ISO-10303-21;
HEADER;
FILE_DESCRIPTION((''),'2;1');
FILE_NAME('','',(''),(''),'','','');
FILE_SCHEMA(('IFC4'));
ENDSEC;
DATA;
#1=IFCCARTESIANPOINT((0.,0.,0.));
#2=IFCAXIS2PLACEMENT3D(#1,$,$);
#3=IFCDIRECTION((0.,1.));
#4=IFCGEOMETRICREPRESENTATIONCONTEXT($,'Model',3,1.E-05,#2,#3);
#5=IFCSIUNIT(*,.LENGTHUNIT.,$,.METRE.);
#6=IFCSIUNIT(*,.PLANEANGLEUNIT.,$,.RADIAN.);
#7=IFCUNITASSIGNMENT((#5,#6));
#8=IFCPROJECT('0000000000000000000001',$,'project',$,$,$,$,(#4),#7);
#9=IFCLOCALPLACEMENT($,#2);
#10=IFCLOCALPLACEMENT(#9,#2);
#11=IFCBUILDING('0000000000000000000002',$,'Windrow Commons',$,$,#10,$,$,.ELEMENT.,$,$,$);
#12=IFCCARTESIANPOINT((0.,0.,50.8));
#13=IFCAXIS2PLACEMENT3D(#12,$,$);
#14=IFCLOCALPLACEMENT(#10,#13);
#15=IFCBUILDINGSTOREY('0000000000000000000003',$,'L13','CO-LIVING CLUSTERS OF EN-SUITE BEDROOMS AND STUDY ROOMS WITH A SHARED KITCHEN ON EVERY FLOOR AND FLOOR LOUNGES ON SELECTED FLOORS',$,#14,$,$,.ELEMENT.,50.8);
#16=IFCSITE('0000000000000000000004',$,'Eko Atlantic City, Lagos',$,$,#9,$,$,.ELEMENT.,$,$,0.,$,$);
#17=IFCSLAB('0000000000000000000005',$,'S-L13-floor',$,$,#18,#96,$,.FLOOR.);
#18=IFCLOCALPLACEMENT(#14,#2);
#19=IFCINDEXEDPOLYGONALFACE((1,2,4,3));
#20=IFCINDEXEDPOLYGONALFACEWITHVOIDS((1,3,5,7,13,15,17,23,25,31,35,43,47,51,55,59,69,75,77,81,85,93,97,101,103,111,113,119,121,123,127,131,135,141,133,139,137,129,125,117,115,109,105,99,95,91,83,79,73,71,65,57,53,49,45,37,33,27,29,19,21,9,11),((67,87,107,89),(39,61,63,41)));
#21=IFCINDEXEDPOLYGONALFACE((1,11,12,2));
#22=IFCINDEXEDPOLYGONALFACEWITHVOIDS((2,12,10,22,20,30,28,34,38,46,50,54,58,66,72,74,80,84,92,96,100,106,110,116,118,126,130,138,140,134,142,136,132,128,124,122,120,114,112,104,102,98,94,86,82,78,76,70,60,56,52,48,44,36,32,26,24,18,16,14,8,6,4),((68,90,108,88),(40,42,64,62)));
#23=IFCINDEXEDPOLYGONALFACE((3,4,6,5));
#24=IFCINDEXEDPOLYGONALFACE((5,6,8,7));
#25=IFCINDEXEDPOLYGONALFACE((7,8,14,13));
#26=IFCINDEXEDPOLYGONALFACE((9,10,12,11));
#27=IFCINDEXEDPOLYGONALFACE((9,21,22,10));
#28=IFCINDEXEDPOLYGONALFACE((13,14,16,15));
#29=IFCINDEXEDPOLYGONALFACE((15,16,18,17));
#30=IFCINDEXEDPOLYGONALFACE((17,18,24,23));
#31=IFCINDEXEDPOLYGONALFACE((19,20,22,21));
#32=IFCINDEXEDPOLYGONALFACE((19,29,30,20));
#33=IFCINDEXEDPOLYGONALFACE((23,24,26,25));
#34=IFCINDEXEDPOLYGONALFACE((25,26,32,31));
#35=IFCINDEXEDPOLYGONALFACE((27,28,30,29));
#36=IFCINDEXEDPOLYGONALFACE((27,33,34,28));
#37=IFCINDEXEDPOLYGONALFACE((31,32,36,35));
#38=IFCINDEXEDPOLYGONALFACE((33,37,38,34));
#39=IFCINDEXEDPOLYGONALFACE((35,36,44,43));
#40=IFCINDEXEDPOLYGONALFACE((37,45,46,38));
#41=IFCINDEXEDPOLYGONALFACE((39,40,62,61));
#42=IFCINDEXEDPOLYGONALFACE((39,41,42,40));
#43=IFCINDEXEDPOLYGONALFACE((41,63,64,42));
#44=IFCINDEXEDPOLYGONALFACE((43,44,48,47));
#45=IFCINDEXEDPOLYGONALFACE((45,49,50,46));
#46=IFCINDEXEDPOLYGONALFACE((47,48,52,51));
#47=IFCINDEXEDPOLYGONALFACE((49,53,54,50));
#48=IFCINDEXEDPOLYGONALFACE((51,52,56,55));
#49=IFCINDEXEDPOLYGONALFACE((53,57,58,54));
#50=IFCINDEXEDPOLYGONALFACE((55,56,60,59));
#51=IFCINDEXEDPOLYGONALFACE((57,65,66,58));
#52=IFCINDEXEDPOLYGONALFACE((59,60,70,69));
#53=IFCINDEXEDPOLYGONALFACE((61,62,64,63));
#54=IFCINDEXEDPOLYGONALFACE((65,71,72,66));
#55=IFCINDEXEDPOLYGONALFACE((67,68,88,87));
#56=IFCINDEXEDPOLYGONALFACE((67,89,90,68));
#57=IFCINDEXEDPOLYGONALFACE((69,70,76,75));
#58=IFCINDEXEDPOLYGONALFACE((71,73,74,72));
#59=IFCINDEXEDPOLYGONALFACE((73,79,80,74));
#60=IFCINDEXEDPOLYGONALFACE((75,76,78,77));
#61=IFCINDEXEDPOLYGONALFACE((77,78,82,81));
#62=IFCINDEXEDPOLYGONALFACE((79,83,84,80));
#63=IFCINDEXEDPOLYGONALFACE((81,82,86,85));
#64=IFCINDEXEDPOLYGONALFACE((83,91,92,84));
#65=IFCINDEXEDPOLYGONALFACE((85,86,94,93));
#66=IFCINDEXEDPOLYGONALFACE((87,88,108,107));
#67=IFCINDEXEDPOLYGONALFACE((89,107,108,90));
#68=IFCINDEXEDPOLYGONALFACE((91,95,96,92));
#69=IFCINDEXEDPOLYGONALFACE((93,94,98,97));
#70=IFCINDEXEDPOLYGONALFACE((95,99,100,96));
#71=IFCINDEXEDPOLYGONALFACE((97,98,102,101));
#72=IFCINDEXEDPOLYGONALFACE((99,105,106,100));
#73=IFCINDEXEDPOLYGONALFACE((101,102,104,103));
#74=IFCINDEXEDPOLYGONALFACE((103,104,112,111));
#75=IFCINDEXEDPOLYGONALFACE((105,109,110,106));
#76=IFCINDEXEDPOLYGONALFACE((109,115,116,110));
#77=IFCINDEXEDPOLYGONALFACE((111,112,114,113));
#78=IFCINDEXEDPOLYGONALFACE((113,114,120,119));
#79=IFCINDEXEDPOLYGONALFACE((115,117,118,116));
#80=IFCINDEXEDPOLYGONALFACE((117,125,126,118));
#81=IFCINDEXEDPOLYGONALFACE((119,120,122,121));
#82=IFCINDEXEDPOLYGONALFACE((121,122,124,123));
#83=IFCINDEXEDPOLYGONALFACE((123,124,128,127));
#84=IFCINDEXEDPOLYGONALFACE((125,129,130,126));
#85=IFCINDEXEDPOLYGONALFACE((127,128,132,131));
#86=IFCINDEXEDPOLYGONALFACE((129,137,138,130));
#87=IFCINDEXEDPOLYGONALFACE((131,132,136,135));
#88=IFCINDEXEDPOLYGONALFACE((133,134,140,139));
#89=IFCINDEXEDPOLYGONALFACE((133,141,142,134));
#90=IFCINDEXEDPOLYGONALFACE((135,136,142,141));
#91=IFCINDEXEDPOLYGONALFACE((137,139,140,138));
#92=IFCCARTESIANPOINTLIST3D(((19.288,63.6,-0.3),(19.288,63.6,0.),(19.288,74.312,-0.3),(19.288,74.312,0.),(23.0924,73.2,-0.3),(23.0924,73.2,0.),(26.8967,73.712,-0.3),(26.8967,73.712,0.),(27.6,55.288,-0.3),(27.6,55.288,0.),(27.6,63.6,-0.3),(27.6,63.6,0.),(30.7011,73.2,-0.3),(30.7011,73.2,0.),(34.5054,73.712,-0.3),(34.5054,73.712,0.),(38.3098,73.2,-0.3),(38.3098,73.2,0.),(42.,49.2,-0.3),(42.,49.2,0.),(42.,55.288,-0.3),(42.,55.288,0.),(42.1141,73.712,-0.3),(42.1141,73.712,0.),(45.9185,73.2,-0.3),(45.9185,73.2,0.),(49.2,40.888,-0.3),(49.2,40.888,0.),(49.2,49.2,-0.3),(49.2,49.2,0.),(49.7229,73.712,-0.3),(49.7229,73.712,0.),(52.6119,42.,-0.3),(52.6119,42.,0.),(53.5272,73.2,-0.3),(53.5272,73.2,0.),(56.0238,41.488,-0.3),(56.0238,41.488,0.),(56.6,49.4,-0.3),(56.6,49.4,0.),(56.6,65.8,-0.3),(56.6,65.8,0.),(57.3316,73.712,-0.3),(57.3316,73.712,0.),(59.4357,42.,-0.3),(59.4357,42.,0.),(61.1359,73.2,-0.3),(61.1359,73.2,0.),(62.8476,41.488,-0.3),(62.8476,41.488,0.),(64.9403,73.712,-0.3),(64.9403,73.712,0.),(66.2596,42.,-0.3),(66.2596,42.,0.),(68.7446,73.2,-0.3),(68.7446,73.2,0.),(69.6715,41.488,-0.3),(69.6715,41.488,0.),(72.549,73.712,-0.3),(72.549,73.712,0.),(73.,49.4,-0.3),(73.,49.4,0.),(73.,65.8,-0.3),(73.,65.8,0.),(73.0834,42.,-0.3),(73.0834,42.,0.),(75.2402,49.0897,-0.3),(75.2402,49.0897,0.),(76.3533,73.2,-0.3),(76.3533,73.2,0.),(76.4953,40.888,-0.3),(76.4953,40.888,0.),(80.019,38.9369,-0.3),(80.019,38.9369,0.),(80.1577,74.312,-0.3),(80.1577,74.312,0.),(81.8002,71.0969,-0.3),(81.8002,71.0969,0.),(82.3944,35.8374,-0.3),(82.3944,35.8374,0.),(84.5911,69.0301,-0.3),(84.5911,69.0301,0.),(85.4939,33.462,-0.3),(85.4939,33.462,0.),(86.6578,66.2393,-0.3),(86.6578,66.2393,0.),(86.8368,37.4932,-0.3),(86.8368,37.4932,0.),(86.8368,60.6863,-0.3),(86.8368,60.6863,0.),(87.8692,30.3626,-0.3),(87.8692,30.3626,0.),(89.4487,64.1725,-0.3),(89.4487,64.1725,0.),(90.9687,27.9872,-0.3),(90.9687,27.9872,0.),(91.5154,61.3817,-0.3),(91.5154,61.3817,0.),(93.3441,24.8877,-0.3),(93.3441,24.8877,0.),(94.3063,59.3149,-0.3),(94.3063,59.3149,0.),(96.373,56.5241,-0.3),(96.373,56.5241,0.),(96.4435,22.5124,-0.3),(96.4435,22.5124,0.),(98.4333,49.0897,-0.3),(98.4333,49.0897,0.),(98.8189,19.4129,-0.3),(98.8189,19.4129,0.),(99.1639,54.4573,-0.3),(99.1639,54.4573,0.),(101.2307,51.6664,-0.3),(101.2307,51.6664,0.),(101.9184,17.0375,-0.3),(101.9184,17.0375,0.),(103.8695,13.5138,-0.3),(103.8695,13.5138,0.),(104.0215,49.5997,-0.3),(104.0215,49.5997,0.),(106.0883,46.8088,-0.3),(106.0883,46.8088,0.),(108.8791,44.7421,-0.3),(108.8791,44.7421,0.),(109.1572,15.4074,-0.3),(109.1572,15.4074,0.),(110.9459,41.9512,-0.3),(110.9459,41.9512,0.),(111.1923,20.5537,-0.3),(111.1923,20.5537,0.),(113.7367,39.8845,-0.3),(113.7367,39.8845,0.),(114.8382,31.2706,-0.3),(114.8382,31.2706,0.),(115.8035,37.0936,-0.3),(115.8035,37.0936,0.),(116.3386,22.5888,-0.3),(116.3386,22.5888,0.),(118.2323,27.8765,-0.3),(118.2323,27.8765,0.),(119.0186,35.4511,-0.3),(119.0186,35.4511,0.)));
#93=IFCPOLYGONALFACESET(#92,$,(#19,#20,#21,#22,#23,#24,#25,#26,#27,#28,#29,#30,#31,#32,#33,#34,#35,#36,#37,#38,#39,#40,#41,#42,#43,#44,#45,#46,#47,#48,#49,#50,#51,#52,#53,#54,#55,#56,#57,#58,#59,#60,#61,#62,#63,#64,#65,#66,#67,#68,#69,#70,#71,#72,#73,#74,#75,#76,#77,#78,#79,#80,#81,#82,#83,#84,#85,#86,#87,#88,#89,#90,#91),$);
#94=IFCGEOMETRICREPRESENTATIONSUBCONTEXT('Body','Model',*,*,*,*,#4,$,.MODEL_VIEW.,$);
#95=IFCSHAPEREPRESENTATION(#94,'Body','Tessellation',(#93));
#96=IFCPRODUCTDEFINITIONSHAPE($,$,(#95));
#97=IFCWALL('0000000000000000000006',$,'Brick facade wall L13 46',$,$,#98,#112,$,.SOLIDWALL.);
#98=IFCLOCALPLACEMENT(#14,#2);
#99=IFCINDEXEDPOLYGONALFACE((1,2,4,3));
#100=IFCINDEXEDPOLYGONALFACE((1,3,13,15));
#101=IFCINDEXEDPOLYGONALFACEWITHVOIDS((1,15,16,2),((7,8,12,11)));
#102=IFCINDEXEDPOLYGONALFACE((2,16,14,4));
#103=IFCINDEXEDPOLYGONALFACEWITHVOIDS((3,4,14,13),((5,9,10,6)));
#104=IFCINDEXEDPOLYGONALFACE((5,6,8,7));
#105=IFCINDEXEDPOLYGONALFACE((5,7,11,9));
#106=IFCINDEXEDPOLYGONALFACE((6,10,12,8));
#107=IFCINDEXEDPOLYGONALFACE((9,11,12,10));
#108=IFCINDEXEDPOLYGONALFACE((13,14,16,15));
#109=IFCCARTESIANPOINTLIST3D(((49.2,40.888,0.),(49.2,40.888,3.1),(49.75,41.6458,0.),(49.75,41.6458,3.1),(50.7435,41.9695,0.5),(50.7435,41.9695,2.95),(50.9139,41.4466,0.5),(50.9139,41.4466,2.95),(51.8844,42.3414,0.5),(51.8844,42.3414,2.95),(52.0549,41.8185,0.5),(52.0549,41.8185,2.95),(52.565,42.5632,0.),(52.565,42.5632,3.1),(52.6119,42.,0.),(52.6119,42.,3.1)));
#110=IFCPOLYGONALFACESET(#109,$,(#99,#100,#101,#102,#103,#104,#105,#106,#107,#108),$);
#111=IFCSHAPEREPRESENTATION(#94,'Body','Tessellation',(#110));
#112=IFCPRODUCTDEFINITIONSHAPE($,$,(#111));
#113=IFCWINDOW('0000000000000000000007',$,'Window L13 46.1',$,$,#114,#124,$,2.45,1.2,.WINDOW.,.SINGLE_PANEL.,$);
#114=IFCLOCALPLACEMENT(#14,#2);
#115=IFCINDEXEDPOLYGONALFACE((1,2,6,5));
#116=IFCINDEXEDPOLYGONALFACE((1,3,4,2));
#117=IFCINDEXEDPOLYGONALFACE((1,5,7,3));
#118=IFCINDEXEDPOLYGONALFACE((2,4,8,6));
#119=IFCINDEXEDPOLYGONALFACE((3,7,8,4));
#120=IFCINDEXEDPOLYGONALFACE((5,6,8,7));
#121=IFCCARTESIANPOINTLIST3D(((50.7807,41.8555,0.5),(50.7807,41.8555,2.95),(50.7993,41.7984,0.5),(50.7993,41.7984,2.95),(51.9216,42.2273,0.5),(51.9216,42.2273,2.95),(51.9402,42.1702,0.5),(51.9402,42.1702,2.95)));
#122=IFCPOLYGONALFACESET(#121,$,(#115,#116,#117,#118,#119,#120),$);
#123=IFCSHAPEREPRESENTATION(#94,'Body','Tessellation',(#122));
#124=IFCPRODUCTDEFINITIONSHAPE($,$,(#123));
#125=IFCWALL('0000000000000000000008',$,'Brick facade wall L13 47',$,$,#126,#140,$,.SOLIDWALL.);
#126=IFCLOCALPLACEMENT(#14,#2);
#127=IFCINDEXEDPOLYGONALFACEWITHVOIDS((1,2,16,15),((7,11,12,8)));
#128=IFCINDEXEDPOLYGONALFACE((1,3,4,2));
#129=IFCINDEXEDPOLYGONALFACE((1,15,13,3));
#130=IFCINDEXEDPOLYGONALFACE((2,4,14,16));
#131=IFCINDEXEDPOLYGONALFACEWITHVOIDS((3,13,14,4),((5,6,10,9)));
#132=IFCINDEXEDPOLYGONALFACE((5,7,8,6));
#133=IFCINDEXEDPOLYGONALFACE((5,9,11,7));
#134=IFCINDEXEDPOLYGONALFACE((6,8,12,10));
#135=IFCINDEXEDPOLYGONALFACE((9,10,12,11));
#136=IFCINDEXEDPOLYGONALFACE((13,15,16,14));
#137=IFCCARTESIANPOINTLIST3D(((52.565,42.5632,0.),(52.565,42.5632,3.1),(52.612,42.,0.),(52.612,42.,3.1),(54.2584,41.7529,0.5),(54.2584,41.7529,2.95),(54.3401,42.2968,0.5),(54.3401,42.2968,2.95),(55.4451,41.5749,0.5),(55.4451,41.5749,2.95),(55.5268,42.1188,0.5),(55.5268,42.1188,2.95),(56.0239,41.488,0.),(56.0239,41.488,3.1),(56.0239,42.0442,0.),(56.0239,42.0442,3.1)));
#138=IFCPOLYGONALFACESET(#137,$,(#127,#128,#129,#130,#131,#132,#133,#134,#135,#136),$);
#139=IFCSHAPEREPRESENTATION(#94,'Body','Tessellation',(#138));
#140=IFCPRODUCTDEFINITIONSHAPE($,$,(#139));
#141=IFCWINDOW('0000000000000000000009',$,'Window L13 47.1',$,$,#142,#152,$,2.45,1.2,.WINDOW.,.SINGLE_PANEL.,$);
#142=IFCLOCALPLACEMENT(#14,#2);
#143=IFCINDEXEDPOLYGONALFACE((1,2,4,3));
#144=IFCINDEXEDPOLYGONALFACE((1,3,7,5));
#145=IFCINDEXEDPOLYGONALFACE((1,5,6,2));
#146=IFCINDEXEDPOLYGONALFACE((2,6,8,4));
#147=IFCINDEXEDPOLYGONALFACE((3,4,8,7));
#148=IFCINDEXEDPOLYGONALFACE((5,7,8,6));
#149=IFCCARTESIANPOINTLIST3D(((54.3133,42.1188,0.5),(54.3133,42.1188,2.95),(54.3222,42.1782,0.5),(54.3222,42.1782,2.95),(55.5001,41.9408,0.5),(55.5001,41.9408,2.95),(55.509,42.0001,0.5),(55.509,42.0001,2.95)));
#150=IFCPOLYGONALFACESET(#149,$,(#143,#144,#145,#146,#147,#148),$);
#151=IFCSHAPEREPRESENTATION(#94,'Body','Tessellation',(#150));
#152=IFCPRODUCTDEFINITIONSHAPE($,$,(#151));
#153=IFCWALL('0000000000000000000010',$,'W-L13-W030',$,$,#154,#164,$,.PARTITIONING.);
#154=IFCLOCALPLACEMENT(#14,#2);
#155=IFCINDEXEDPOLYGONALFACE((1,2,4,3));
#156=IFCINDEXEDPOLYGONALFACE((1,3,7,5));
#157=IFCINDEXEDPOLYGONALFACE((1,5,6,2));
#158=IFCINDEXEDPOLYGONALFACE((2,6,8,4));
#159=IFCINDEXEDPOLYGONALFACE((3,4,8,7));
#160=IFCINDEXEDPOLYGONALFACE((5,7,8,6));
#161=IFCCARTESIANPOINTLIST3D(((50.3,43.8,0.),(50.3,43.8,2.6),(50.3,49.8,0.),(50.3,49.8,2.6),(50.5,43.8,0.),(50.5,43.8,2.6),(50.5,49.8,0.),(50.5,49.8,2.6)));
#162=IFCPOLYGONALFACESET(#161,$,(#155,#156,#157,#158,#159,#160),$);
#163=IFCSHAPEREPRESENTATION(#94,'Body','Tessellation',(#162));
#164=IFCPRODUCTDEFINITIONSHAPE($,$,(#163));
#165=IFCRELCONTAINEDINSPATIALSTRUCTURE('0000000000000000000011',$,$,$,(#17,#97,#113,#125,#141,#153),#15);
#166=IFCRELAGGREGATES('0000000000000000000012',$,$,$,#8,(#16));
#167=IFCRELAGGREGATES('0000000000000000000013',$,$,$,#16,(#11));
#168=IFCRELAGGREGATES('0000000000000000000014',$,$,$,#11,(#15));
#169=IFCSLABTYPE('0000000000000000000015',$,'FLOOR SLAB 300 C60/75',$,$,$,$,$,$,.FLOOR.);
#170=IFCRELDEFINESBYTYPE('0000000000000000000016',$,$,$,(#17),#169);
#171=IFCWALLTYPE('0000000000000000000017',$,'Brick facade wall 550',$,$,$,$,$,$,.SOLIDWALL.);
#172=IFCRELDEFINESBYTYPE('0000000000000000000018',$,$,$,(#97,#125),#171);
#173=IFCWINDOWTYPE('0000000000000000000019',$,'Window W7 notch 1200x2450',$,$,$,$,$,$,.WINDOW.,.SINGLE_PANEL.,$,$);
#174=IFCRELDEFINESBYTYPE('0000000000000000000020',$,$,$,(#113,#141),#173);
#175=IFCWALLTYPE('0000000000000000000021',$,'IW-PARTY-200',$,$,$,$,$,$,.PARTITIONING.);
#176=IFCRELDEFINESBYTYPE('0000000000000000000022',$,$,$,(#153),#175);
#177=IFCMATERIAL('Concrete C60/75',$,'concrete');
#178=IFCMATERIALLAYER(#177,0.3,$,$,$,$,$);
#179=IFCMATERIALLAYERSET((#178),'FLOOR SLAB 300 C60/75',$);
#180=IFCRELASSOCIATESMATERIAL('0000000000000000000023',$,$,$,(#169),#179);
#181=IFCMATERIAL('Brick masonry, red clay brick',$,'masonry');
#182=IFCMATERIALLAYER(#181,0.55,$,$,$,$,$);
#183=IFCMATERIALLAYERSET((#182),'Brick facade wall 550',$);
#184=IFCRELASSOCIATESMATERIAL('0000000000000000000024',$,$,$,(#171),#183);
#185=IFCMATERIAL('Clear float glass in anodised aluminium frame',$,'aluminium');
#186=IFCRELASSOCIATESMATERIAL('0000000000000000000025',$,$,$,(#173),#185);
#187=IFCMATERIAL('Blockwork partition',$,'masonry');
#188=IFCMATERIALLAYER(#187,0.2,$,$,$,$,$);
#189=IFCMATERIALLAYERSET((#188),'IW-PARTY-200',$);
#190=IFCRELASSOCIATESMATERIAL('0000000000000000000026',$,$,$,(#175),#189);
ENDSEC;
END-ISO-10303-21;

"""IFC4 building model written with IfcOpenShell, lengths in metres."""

from ifc_helpers import new_model, si_unit, direction, frame, frame_2d, origin, place, context, subcontext, project, spatial, polyline, rectangle, outline, extrude, material, layer, layer_set, type_object, element, fill, save


model = new_model("IFC4")

# Units and contexts
model_context = context("Model", 3, precision=1e-05, world=origin(), true_north=direction((0.0, 1.0)))
body_context = subcontext(model_context, "Body", "Model", "MODEL_VIEW")
ifc_project = project(units=[si_unit("LENGTHUNIT", "METRE"), si_unit("PLANEANGLEUNIT", "RADIAN")], contexts=[model_context])

# Site, building, storey
site_placement = place(None, origin())
site = spatial("IfcSite", under=ifc_project, at=site_placement, Name="Eko Atlantic City, Lagos", CompositionType="ELEMENT", RefElevation=0.0)
building_placement = place(site_placement, origin())
building = spatial("IfcBuilding", under=site, at=building_placement, Name="Windrow Commons", CompositionType="ELEMENT")
storey_placement = place(building_placement, frame((0.0, 0.0, 50.8)))
storey = spatial("IfcBuildingStorey", under=building, at=storey_placement, Name="L13", Description="CO-LIVING CLUSTERS OF EN-SUITE BEDROOMS AND STUDY ROOMS WITH A SHARED KITCHEN ON EVERY FLOOR AND FLOOR LOUNGES ON SELECTED FLOORS", CompositionType="ELEMENT", Elevation=50.8)

# Shared definitions
placement_1 = place(storey_placement, frame((0.0, 0.0, -0.3)))

# Slab, openings
ifc_material_1 = material(Name="Concrete C60/75", Category="concrete")
ifc_layer_1 = layer(ifc_material_1, 0.3)
ifc_layer_set_1 = layer_set([ifc_layer_1], Name="FLOOR SLAB 300 C60/75")
slab_type_1 = type_object("IfcSlabType", Name="FLOOR SLAB 300 C60/75", PredefinedType="FLOOR", material=ifc_layer_set_1)
slab_1 = element("IfcSlab", 1, at=placement_1, inside=storey, type_object=slab_type_1, Name="S-L13-floor", PredefinedType="FLOOR", context=body_context, shape_type="SweptSolid", body=[
    extrude(outline(polyline([(101.9184, 17.0375), (103.8695, 13.5138), (109.1572, 15.4074), (111.1923, 20.5537), (116.3386, 22.5888), (118.2323, 27.8765), (114.8382, 31.2706), (119.0186, 35.4511), (115.8035, 37.0936), (113.7367, 39.8845), (110.9459, 41.9512), (108.8791, 44.7421), (106.0883, 46.8088), (104.0215, 49.5997), (101.2307, 51.6664), (99.1639, 54.4573), (96.373, 56.5241), (94.3063, 59.3149), (91.5154, 61.3817), (89.4487, 64.1725), (86.6578, 66.2393), (84.5911, 69.0301), (81.8002, 71.0969), (80.1577, 74.312), (76.3533, 73.2), (72.549, 73.712), (68.7446, 73.2), (64.9403, 73.712), (61.1359, 73.2), (57.3316, 73.712), (53.5272, 73.2), (49.7229, 73.712), (45.9185, 73.2), (42.1141, 73.712), (38.3098, 73.2), (34.5054, 73.712), (30.7011, 73.2), (26.8967, 73.712), (23.0924, 73.2), (19.288, 74.312), (19.288, 63.6), (27.6, 63.6), (27.6, 55.288), (42.0, 55.288), (42.0, 49.2), (49.2, 49.2), (49.2, 40.888), (52.6119, 42.0), (56.0238, 41.488), (59.4357, 42.0), (62.8476, 41.488), (66.2596, 42.0), (69.6715, 41.488), (73.0834, 42.0), (76.4953, 40.888), (80.019, 38.9369), (82.3944, 35.8374), (85.4939, 33.462), (87.8692, 30.3626), (90.9687, 27.9872), (93.3441, 24.8877), (96.4435, 22.5124), (98.8189, 19.4129), (101.9184, 17.0375)]), holes=[polyline([(75.2402, 49.0897), (86.8368, 60.6863), (98.4333, 49.0897), (86.8368, 37.4932), (75.2402, 49.0897)]), polyline([(56.6, 49.4), (56.6, 65.8), (73.0, 65.8), (73.0, 49.4), (56.6, 49.4)])]), origin(), (0.0, 0.0, 1.0), 0.3),
])
opening_1_placement = place(placement_1, origin())
element("IfcOpeningElement", 2, at=opening_1_placement, cuts=slab_1, PredefinedType="OPENING", context=body_context, shape_type="SweptSolid", body=[
    extrude(outline(polyline([(75.2473, 49.0897), (86.8368, 60.6792), (98.4262, 49.0897), (86.8368, 37.5003), (75.2473, 49.0897)])), origin(), (0.0, 0.0, 1.0), 0.3),
])
opening_2_placement = place(placement_1, origin())
element("IfcOpeningElement", 3, at=opening_2_placement, cuts=slab_1, PredefinedType="OPENING", context=body_context, shape_type="SweptSolid", body=[
    extrude(outline(polyline([(56.605, 49.405), (56.605, 65.795), (72.995, 65.795), (72.995, 49.405), (56.605, 49.405)])), origin(), (0.0, 0.0, 1.0), 0.3),
])

# Walls, openings, windows
ifc_material_2 = material(Name="Brick masonry, red clay brick", Category="masonry")
ifc_layer_2 = layer(ifc_material_2, 0.55)
ifc_layer_set_2 = layer_set([ifc_layer_2], Name="Brick facade wall 550")
wall_type_1 = type_object("IfcWallType", Name="Brick facade wall 550", PredefinedType="SOLIDWALL", material=ifc_layer_set_2)
wall_1_placement = place(storey_placement, frame((49.475, 41.2669, 0.0), z_axis=(0.0, 0.0, 1.0), x_axis=(0.950781, 0.309863, 0.0)))
wall_1 = element("IfcWall", 4, at=wall_1_placement, inside=storey, type_object=wall_type_1, Name="Brick facade wall L13 46", PredefinedType="SOLIDWALL", context=body_context, shape_type="SweptSolid", body=[
    extrude(outline(polyline([(-0.3789, -0.275), (3.2097, -0.275), (3.3396, 0.275), (0.3789, 0.275), (-0.3789, -0.275)])), origin(), (0.0, 0.0, 1.0), 3.1),
])
opening_3_placement = place(wall_1_placement, frame((1.4238, 0.0, 0.5)))
opening_3 = element("IfcOpeningElement", 5, at=opening_3_placement, cuts=wall_1, PredefinedType="OPENING", context=body_context, shape_type="SweptSolid", body=[
    extrude(rectangle(XDim=1.2, YDim=2.45, at=frame_2d((0.6, 1.225))), frame((0.0, 0.285, 0.0), z_axis=(0.0, -1.0, 0.0), x_axis=(1.0, 0.0, 0.0)), (0.0, 0.0, 1.0), 0.57),
])
ifc_material_3 = material(Name="Clear float glass in anodised aluminium frame", Category="aluminium")
window_type = type_object("IfcWindowType", Name="Window W7 notch 1200x2450", PartitioningType="SINGLE_PANEL", PredefinedType="WINDOW", material=ifc_material_3)
window_1_placement = place(opening_3_placement, origin())
window_1 = element("IfcWindow", 6, at=window_1_placement, inside=storey, type_object=window_type, Name="Window L13 46.1", OverallHeight=2.45, OverallWidth=1.2, PartitioningType="SINGLE_PANEL", PredefinedType="WINDOW", context=body_context, shape_type="SweptSolid", body=[
    extrude(rectangle(XDim=1.2, YDim=2.45, at=frame_2d((0.6, 1.225))), frame((0.0, 0.155, 0.0), z_axis=(0.0, -1.0, 0.0), x_axis=(1.0, 0.0, 0.0)), (0.0, 0.0, 1.0), 0.06),
])
fill(opening_3, window_1)
wall_2_placement = place(storey_placement, frame((52.5885, 42.2816, 0.0), z_axis=(0.0, 0.0, 1.0), x_axis=(0.988928, -0.148398, 0.0)))
wall_2 = element("IfcWall", 7, at=wall_2_placement, inside=storey, type_object=wall_type_1, Name="Brick facade wall L13 47", PredefinedType="SOLIDWALL", context=body_context, shape_type="SweptSolid", body=[
    extrude(outline(polyline([(0.065, -0.275), (3.5151, -0.275), (3.4326, 0.275), (-0.065, 0.275), (0.065, -0.275)])), origin(), (0.0, 0.0, 1.0), 3.1),
])
opening_4_placement = place(wall_2_placement, frame((1.7299, 0.0, 0.5)))
opening_4 = element("IfcOpeningElement", 8, at=opening_4_placement, cuts=wall_2, PredefinedType="OPENING", context=body_context, shape_type="SweptSolid", body=[
    extrude(rectangle(XDim=1.2, YDim=2.45, at=frame_2d((0.6, 1.225))), frame((0.0, 0.285, 0.0), z_axis=(0.0, -1.0, 0.0), x_axis=(1.0, 0.0, 0.0)), (0.0, 0.0, 1.0), 0.57),
])
window_2_placement = place(opening_4_placement, origin())
window_2 = element("IfcWindow", 9, at=window_2_placement, inside=storey, type_object=window_type, Name="Window L13 47.1", OverallHeight=2.45, OverallWidth=1.2, PartitioningType="SINGLE_PANEL", PredefinedType="WINDOW", context=body_context, shape_type="SweptSolid", body=[
    extrude(rectangle(XDim=1.2, YDim=2.45, at=frame_2d((0.6, 1.225))), frame((0.0, 0.155, 0.0), z_axis=(0.0, -1.0, 0.0), x_axis=(1.0, 0.0, 0.0)), (0.0, 0.0, 1.0), 0.06),
])
fill(opening_4, window_2)

# Wall
ifc_material_4 = material(Name="Blockwork partition", Category="masonry")
ifc_layer_3 = layer(ifc_material_4, 0.2)
ifc_layer_set_3 = layer_set([ifc_layer_3], Name="IW-PARTY-200")
wall_type_2 = type_object("IfcWallType", Name="IW-PARTY-200", PredefinedType="PARTITIONING", material=ifc_layer_set_3)
wall_3_placement = place(storey_placement, frame((50.4, 43.8, 0.0), z_axis=(0.0, 0.0, 1.0), x_axis=(0.0, 1.0, 0.0)))
element("IfcWall", 10, at=wall_3_placement, inside=storey, type_object=wall_type_2, Name="W-L13-W030", PredefinedType="PARTITIONING", context=body_context, shape_type="SweptSolid", body=[
    extrude(rectangle(XDim=6.0, YDim=0.2, at=frame_2d((3.0, 0.0))), origin(), (0.0, 0.0, 1.0), 2.6),
])

save(model, "model.ifc")
